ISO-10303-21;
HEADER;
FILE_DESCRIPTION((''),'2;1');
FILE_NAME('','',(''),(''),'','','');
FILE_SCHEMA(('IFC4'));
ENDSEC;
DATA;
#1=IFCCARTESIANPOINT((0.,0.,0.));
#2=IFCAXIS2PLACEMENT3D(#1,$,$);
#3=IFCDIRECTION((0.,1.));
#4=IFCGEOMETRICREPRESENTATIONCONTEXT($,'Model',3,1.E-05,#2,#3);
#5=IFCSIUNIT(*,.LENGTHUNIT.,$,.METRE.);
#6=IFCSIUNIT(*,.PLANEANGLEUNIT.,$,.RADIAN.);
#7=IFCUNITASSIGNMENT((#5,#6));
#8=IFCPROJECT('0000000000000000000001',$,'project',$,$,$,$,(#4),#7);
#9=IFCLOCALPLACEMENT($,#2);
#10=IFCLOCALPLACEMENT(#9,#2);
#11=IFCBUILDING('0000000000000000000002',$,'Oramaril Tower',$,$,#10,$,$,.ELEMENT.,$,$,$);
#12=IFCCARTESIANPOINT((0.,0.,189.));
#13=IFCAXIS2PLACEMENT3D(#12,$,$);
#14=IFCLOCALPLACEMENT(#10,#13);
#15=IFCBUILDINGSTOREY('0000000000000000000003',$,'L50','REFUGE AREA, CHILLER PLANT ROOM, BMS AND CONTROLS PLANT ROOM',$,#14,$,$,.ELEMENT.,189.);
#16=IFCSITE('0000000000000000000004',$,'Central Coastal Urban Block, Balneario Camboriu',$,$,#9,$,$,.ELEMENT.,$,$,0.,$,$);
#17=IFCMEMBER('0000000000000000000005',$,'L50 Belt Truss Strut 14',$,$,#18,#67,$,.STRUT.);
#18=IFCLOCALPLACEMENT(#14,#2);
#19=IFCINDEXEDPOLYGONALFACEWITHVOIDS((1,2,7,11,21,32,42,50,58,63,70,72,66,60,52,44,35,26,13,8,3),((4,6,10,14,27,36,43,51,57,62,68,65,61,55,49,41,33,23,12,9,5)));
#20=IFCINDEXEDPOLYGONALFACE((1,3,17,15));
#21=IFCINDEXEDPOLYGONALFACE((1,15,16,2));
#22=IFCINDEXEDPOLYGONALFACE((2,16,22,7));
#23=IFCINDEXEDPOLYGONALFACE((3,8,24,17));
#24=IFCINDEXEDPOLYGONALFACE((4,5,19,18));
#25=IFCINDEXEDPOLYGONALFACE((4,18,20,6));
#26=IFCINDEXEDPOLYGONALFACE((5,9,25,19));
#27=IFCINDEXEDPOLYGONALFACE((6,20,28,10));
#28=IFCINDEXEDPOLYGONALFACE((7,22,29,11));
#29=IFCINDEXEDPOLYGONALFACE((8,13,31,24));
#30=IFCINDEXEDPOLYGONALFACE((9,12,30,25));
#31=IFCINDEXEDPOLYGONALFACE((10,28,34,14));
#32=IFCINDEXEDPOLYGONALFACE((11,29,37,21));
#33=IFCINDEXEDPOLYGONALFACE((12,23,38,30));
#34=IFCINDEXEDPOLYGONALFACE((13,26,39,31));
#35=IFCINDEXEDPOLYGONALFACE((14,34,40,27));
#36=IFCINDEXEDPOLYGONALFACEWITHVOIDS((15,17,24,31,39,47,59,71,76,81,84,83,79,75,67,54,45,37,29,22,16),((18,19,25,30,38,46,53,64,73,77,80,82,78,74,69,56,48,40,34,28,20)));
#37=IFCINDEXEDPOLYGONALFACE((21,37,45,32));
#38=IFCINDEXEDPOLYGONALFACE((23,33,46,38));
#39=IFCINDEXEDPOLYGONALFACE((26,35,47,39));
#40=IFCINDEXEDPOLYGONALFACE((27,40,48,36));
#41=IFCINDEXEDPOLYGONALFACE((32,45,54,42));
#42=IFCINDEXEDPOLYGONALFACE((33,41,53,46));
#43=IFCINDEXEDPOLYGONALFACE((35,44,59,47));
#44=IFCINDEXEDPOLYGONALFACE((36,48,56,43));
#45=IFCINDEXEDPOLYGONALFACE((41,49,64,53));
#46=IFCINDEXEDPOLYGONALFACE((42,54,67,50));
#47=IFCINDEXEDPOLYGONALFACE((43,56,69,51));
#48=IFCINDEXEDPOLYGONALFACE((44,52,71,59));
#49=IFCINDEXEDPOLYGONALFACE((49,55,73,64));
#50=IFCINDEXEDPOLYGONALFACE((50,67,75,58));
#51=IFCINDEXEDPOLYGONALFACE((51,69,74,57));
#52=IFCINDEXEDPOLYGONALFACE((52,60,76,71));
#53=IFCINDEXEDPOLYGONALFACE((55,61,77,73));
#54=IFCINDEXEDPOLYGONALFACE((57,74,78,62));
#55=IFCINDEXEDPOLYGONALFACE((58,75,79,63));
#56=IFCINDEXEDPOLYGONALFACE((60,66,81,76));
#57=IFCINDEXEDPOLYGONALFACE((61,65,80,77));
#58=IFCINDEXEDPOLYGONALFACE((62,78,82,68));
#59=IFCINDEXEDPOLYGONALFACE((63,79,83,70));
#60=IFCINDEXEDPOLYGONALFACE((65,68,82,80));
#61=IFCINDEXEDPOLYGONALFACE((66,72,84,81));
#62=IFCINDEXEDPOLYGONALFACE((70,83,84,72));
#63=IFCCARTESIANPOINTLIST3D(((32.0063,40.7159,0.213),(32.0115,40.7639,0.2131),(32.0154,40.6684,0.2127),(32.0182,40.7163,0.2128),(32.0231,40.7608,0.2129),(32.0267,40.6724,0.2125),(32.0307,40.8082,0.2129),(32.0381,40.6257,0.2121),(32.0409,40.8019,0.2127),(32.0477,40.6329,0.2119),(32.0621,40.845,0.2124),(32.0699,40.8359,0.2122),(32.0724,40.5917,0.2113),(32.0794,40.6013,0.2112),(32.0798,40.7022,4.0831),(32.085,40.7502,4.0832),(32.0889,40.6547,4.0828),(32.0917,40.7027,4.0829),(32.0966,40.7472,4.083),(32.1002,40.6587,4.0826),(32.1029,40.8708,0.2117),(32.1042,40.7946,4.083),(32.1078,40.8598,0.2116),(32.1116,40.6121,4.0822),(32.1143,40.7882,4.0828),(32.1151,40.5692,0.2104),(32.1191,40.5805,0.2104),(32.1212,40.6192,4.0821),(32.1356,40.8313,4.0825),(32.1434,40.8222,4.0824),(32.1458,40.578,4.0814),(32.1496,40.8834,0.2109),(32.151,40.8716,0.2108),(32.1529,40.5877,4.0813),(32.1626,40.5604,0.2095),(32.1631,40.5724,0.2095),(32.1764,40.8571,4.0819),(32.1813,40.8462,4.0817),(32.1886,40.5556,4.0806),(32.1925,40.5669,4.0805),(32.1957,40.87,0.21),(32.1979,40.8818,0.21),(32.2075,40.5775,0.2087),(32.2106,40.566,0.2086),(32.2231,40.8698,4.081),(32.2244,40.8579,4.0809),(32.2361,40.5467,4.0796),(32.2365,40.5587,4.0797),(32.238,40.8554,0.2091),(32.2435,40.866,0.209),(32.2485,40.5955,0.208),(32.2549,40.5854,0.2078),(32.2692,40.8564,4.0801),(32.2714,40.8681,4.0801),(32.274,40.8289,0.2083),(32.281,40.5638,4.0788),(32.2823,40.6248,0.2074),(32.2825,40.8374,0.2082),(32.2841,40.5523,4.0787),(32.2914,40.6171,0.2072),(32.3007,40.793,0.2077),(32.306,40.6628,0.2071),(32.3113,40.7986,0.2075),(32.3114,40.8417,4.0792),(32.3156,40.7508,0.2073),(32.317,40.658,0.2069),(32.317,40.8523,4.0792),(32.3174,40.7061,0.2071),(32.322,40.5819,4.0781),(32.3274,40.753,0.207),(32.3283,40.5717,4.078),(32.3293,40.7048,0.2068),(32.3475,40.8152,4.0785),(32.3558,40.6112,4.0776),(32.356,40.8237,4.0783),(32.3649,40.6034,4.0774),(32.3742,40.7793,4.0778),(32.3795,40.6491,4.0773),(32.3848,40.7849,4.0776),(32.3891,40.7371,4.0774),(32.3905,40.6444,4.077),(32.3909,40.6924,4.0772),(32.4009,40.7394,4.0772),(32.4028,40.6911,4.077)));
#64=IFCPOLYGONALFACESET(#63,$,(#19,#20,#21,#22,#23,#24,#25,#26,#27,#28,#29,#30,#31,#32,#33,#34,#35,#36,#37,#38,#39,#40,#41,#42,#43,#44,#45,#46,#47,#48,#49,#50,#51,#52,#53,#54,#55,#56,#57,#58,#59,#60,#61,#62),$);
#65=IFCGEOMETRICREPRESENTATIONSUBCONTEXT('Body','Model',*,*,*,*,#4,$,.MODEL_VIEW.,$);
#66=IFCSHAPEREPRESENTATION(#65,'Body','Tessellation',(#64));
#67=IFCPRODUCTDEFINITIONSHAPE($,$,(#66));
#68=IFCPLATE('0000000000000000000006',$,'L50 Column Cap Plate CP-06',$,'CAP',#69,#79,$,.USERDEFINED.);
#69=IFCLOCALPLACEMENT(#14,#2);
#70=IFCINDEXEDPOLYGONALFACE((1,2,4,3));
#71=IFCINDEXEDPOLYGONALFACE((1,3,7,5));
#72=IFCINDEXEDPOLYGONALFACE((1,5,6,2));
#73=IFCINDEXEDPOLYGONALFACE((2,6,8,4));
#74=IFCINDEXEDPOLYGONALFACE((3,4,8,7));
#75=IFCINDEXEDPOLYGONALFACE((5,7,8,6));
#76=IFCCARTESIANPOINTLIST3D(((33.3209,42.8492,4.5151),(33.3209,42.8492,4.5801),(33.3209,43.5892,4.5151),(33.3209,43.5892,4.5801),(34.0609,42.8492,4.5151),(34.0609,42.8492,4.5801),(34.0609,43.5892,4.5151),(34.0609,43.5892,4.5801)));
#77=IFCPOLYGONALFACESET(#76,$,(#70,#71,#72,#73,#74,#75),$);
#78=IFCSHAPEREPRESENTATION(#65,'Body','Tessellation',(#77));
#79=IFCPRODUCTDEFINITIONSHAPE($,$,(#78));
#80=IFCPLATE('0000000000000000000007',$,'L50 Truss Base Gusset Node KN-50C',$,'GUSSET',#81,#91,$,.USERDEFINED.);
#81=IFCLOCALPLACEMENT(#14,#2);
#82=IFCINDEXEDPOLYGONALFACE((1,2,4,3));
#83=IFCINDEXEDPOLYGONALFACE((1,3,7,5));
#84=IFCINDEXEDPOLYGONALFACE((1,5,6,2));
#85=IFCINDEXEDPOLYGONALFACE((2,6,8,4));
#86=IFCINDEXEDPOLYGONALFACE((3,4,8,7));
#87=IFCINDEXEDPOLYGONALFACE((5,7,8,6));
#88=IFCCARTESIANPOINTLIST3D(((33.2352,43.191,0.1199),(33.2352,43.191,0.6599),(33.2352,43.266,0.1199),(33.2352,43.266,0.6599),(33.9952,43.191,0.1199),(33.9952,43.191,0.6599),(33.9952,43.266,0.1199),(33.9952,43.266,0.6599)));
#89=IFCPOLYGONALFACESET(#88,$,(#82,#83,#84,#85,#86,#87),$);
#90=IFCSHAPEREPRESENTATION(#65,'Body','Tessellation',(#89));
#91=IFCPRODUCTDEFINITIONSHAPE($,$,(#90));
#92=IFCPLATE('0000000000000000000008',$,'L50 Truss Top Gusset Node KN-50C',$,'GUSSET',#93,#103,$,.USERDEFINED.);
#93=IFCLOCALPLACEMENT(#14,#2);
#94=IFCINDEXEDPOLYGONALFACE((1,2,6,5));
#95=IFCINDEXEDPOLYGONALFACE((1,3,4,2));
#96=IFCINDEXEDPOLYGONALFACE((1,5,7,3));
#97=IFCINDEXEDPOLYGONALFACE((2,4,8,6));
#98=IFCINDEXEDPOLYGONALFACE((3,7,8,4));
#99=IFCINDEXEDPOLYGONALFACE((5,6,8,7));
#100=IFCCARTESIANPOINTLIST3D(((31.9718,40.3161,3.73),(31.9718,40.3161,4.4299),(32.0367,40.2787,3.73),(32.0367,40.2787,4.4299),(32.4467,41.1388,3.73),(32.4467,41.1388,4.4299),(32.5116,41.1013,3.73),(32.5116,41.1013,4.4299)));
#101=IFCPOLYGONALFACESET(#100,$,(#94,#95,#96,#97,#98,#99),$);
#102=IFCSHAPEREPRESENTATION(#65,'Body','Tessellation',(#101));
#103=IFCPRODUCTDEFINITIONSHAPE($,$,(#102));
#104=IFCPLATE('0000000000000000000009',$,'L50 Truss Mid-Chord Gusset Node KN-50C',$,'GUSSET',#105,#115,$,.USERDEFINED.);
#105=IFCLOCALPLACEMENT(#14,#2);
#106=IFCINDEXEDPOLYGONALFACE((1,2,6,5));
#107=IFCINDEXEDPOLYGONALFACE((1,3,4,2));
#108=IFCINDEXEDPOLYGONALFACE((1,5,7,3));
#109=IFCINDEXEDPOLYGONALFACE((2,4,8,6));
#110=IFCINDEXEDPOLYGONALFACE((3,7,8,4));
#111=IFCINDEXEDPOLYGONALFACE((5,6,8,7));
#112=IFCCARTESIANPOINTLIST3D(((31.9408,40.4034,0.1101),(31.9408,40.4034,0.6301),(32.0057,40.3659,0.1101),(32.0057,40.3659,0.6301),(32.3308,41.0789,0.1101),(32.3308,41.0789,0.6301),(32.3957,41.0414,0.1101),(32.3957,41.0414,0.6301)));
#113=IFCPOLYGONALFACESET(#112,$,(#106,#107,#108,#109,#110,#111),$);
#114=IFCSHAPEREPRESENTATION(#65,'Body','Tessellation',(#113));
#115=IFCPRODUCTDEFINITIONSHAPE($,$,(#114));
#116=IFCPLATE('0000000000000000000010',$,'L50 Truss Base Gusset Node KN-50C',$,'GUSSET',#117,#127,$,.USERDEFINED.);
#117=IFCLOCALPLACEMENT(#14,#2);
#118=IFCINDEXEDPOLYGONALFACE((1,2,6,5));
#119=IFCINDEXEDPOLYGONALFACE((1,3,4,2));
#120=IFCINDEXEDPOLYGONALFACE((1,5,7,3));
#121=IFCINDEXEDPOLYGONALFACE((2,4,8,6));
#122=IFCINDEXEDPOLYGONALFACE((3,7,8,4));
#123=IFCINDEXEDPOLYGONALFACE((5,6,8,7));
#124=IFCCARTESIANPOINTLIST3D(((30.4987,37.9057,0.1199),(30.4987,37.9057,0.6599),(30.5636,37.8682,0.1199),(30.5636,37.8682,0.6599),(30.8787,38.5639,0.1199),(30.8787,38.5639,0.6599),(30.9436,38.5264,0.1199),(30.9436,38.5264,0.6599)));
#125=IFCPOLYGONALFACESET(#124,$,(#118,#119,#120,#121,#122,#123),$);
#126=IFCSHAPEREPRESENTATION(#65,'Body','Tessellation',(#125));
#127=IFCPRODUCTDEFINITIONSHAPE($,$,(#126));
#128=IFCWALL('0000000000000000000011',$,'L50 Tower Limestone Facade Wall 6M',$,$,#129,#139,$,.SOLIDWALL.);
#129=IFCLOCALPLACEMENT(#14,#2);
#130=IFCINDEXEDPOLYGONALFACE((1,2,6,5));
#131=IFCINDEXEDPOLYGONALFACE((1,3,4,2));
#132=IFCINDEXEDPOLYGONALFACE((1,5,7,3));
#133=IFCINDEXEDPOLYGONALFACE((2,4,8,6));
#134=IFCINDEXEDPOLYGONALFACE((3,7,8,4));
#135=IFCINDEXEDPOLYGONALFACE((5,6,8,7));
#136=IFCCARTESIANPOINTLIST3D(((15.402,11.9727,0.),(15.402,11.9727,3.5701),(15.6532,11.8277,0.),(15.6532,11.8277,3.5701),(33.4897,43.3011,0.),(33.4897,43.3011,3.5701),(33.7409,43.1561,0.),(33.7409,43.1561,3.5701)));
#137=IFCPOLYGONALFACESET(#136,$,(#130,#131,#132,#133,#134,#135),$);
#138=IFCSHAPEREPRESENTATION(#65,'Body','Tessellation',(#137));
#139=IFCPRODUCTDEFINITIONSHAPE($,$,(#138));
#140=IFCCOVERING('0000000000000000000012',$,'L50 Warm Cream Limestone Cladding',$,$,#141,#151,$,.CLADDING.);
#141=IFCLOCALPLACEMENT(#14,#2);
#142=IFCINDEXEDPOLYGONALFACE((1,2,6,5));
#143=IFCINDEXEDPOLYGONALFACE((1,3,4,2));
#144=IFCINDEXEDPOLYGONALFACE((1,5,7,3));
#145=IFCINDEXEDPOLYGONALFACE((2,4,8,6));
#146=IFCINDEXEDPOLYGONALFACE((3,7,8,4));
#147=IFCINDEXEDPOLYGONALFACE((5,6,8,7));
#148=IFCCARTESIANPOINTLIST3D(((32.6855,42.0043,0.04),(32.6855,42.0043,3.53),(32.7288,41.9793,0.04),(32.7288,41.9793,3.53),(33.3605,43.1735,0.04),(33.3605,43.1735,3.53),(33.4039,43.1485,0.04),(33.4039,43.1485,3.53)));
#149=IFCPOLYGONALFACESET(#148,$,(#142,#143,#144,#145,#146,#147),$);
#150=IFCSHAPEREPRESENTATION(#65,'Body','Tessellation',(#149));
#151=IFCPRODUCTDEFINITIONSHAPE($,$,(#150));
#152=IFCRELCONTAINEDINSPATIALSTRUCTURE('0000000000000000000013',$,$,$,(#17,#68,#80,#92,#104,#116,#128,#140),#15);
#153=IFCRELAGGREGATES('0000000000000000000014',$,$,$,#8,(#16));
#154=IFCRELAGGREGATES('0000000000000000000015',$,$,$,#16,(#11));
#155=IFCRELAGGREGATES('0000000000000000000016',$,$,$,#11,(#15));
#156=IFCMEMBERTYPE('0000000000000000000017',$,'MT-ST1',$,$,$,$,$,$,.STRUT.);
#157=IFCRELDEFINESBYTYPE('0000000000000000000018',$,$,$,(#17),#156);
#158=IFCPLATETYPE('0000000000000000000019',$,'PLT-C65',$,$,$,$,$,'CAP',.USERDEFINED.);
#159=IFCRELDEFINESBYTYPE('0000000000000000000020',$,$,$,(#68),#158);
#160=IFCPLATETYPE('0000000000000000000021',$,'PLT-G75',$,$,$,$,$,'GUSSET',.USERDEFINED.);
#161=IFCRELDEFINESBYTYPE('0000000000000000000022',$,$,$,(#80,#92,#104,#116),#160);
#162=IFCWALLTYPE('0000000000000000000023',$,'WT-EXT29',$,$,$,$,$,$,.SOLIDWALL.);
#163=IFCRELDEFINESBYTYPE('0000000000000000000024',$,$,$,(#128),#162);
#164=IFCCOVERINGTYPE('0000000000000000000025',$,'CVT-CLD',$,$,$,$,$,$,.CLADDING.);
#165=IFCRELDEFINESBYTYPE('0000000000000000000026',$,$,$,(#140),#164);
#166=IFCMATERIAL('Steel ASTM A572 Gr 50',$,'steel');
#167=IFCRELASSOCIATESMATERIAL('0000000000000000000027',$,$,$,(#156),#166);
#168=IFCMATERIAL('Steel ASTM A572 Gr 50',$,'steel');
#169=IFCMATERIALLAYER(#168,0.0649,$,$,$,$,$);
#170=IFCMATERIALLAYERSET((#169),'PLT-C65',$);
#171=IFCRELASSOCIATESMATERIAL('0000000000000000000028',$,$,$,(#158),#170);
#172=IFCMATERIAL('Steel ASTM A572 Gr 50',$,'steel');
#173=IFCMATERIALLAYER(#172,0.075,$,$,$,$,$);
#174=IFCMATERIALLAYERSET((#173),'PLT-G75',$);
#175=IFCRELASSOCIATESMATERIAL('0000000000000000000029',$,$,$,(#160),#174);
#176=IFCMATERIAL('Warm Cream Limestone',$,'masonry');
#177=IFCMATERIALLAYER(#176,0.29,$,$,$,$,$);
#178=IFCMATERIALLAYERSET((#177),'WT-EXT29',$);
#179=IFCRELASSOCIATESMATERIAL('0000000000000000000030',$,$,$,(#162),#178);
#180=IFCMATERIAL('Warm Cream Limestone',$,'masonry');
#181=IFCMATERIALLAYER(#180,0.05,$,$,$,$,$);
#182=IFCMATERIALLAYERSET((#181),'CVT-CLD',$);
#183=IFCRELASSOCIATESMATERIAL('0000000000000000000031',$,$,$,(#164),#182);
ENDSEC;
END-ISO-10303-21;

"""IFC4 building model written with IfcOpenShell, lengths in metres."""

from ifc_helpers import new_model, si_unit, direction, frame, frame_2d, origin, origin_2d, place, context, subcontext, project, spatial, rectangle, hollow_circle, extrude, material, layer, layer_set, material_profile, profile_set, type_object, element, save


model = new_model("IFC4")

# Units and contexts
model_context = context("Model", 3, precision=1e-05, world=origin(), true_north=direction((0.0, 1.0)))
body_context = subcontext(model_context, "Body", "Model", "MODEL_VIEW")
ifc_project = project(units=[si_unit("LENGTHUNIT", "METRE"), si_unit("PLANEANGLEUNIT", "RADIAN")], contexts=[model_context])

# Site, building, storey
site_placement = place(None, origin())
site = spatial("IfcSite", under=ifc_project, at=site_placement, Name="Central Coastal Urban Block, Balneario Camboriu", CompositionType="ELEMENT", RefElevation=0.0)
building_placement = place(site_placement, origin())
building = spatial("IfcBuilding", under=site, at=building_placement, Name="Oramaril Tower", CompositionType="ELEMENT")
storey_placement = place(building_placement, frame((0.0, 0.0, 189.0)))
storey = spatial("IfcBuildingStorey", under=building, at=storey_placement, Name="L50", Description="REFUGE AREA, CHILLER PLANT ROOM, BMS AND CONTROLS PLANT ROOM", CompositionType="ELEMENT", Elevation=189.0)

# Member
ifc_material_1 = material(Name="Steel ASTM A572 Gr 50", Category="steel")
ifc_material_profile_1 = material_profile(ifc_material_1, hollow_circle(Radius=0.1621, WallThickness=0.012, at=origin_2d()), Name="CHS324X12")
ifc_profile_set_1 = profile_set([ifc_material_profile_1], Name="Steel ASTM A572 Gr 50")
member_type_1 = type_object("IfcMemberType", Name="MT-ST1", PredefinedType="STRUT", material=ifc_profile_set_1)
member_1_placement = place(storey_placement, frame((32.1682, 40.7224, 0.21), z_axis=(0.018985, -0.003532, 0.999814), x_axis=(0.182908, 0.98313, 0.0)))
element("IfcMember", 1, at=member_1_placement, inside=storey, type_object=member_type_1, Name="L50 Belt Truss Strut 14", PredefinedType="STRUT", context=body_context, shape_type="SweptSolid", body=[
    extrude(hollow_circle(Radius=0.1621, WallThickness=0.012, at=origin_2d()), origin(), (0.0, 0.0, 1.0), 3.8708),
])

# Plates
ifc_material_2 = material(Name="Steel ASTM A572 Gr 50", Category="steel")
ifc_layer_1 = layer(ifc_material_2, 0.0649)
ifc_layer_set_1 = layer_set([ifc_layer_1], Name="PLT-C65")
plate_type_1 = type_object("IfcPlateType", Name="PLT-C65", ElementType="CAP", PredefinedType="USERDEFINED", material=ifc_layer_set_1)
plate_1_placement = place(storey_placement, frame((33.6909, 43.2192, 4.5151), z_axis=(0.0, 0.0, 1.0), x_axis=(1.0, 0.0, 0.0)))
element("IfcPlate", 2, at=plate_1_placement, inside=storey, type_object=plate_type_1, Name="L50 Column Cap Plate CP-06", ObjectType="CAP", PredefinedType="USERDEFINED", context=body_context, shape_type="SweptSolid", body=[
    extrude(rectangle(XDim=0.74, YDim=0.74, at=origin_2d()), origin(), (0.0, 0.0, 1.0), 0.0649),
])
ifc_material_3 = material(Name="Steel ASTM A572 Gr 50", Category="steel")
ifc_layer_2 = layer(ifc_material_3, 0.075)
ifc_layer_set_2 = layer_set([ifc_layer_2], Name="PLT-G75")
plate_type_2 = type_object("IfcPlateType", Name="PLT-G75", ElementType="GUSSET", PredefinedType="USERDEFINED", material=ifc_layer_set_2)
plate_2_placement = place(storey_placement, frame((33.6152, 43.2285, 0.1199), z_axis=(0.0, 0.0, 1.0), x_axis=(-1.0, 0.0, 0.0)))
element("IfcPlate", 3, at=plate_2_placement, inside=storey, type_object=plate_type_2, Name="L50 Truss Base Gusset Node KN-50C", ObjectType="GUSSET", PredefinedType="USERDEFINED", context=body_context, shape_type="SweptSolid", body=[
    extrude(rectangle(XDim=0.76, YDim=0.075, at=origin_2d()), origin(), (0.0, 0.0, 1.0), 0.54),
])
plate_3_placement = place(storey_placement, frame((32.2417, 40.7087, 3.73), z_axis=(0.0, 0.0, 1.0), x_axis=(-0.499997, -0.866027, 0.0)))
element("IfcPlate", 4, at=plate_3_placement, inside=storey, type_object=plate_type_2, Name="L50 Truss Top Gusset Node KN-50C", ObjectType="GUSSET", PredefinedType="USERDEFINED", context=body_context, shape_type="SweptSolid", body=[
    extrude(rectangle(XDim=0.95, YDim=0.075, at=origin_2d()), origin(), (0.0, 0.0, 1.0), 0.7),
])
plate_4_placement = place(storey_placement, frame((32.1682, 40.7224, 0.1101), z_axis=(0.0, 0.0, 1.0), x_axis=(-0.499997, -0.866027, 0.0)))
element("IfcPlate", 5, at=plate_4_placement, inside=storey, type_object=plate_type_2, Name="L50 Truss Mid-Chord Gusset Node KN-50C", ObjectType="GUSSET", PredefinedType="USERDEFINED", context=body_context, shape_type="SweptSolid", body=[
    extrude(rectangle(XDim=0.78, YDim=0.075, at=origin_2d()), origin(), (0.0, 0.0, 1.0), 0.52),
])
plate_5_placement = place(storey_placement, frame((30.7212, 38.2161, 0.1199), z_axis=(0.0, 0.0, 1.0), x_axis=(-0.499997, -0.866027, 0.0)))
element("IfcPlate", 6, at=plate_5_placement, inside=storey, type_object=plate_type_2, Name="L50 Truss Base Gusset Node KN-50C", ObjectType="GUSSET", PredefinedType="USERDEFINED", context=body_context, shape_type="SweptSolid", body=[
    extrude(rectangle(XDim=0.76, YDim=0.075, at=origin_2d()), origin(), (0.0, 0.0, 1.0), 0.54),
])

# Wall
ifc_material_4 = material(Name="Warm Cream Limestone", Category="masonry")
ifc_layer_3 = layer(ifc_material_4, 0.29)
ifc_layer_set_3 = layer_set([ifc_layer_3], Name="WT-EXT29")
wall_type = type_object("IfcWallType", Name="WT-EXT29", PredefinedType="SOLIDWALL", material=ifc_layer_set_3)
wall_placement = place(storey_placement, frame((33.6152, 43.2285, 0.0), z_axis=(0.0, 0.0, 1.0), x_axis=(-0.500004, -0.866023, 0.0)))
element("IfcWall", 7, at=wall_placement, inside=storey, type_object=wall_type, Name="L50 Tower Limestone Facade Wall 6M", PredefinedType="SOLIDWALL", context=body_context, shape_type="SweptSolid", body=[
    extrude(rectangle(XDim=36.175, YDim=0.29, at=frame_2d((18.0874, 0.0))), origin(), (0.0, 0.0, 1.0), 3.5701),
])

# Covering
ifc_material_5 = material(Name="Warm Cream Limestone", Category="masonry")
ifc_layer_4 = layer(ifc_material_5, 0.05)
ifc_layer_set_4 = layer_set([ifc_layer_4], Name="CVT-CLD")
covering_type = type_object("IfcCoveringType", Name="CVT-CLD", PredefinedType="CLADDING", material=ifc_layer_set_4)
covering_placement = place(storey_placement, frame((33.0447, 42.5764, 0.04), z_axis=(0.0, 0.0, 1.0), x_axis=(-0.5, -0.866025, 0.0)))
element("IfcCovering", 8, at=covering_placement, inside=storey, type_object=covering_type, Name="L50 Warm Cream Limestone Cladding", PredefinedType="CLADDING", context=body_context, shape_type="SweptSolid", body=[
    extrude(rectangle(XDim=1.3501, YDim=0.05, at=origin_2d()), origin(), (0.0, 0.0, 1.0), 3.49),
])

save(model, "model.ifc")
